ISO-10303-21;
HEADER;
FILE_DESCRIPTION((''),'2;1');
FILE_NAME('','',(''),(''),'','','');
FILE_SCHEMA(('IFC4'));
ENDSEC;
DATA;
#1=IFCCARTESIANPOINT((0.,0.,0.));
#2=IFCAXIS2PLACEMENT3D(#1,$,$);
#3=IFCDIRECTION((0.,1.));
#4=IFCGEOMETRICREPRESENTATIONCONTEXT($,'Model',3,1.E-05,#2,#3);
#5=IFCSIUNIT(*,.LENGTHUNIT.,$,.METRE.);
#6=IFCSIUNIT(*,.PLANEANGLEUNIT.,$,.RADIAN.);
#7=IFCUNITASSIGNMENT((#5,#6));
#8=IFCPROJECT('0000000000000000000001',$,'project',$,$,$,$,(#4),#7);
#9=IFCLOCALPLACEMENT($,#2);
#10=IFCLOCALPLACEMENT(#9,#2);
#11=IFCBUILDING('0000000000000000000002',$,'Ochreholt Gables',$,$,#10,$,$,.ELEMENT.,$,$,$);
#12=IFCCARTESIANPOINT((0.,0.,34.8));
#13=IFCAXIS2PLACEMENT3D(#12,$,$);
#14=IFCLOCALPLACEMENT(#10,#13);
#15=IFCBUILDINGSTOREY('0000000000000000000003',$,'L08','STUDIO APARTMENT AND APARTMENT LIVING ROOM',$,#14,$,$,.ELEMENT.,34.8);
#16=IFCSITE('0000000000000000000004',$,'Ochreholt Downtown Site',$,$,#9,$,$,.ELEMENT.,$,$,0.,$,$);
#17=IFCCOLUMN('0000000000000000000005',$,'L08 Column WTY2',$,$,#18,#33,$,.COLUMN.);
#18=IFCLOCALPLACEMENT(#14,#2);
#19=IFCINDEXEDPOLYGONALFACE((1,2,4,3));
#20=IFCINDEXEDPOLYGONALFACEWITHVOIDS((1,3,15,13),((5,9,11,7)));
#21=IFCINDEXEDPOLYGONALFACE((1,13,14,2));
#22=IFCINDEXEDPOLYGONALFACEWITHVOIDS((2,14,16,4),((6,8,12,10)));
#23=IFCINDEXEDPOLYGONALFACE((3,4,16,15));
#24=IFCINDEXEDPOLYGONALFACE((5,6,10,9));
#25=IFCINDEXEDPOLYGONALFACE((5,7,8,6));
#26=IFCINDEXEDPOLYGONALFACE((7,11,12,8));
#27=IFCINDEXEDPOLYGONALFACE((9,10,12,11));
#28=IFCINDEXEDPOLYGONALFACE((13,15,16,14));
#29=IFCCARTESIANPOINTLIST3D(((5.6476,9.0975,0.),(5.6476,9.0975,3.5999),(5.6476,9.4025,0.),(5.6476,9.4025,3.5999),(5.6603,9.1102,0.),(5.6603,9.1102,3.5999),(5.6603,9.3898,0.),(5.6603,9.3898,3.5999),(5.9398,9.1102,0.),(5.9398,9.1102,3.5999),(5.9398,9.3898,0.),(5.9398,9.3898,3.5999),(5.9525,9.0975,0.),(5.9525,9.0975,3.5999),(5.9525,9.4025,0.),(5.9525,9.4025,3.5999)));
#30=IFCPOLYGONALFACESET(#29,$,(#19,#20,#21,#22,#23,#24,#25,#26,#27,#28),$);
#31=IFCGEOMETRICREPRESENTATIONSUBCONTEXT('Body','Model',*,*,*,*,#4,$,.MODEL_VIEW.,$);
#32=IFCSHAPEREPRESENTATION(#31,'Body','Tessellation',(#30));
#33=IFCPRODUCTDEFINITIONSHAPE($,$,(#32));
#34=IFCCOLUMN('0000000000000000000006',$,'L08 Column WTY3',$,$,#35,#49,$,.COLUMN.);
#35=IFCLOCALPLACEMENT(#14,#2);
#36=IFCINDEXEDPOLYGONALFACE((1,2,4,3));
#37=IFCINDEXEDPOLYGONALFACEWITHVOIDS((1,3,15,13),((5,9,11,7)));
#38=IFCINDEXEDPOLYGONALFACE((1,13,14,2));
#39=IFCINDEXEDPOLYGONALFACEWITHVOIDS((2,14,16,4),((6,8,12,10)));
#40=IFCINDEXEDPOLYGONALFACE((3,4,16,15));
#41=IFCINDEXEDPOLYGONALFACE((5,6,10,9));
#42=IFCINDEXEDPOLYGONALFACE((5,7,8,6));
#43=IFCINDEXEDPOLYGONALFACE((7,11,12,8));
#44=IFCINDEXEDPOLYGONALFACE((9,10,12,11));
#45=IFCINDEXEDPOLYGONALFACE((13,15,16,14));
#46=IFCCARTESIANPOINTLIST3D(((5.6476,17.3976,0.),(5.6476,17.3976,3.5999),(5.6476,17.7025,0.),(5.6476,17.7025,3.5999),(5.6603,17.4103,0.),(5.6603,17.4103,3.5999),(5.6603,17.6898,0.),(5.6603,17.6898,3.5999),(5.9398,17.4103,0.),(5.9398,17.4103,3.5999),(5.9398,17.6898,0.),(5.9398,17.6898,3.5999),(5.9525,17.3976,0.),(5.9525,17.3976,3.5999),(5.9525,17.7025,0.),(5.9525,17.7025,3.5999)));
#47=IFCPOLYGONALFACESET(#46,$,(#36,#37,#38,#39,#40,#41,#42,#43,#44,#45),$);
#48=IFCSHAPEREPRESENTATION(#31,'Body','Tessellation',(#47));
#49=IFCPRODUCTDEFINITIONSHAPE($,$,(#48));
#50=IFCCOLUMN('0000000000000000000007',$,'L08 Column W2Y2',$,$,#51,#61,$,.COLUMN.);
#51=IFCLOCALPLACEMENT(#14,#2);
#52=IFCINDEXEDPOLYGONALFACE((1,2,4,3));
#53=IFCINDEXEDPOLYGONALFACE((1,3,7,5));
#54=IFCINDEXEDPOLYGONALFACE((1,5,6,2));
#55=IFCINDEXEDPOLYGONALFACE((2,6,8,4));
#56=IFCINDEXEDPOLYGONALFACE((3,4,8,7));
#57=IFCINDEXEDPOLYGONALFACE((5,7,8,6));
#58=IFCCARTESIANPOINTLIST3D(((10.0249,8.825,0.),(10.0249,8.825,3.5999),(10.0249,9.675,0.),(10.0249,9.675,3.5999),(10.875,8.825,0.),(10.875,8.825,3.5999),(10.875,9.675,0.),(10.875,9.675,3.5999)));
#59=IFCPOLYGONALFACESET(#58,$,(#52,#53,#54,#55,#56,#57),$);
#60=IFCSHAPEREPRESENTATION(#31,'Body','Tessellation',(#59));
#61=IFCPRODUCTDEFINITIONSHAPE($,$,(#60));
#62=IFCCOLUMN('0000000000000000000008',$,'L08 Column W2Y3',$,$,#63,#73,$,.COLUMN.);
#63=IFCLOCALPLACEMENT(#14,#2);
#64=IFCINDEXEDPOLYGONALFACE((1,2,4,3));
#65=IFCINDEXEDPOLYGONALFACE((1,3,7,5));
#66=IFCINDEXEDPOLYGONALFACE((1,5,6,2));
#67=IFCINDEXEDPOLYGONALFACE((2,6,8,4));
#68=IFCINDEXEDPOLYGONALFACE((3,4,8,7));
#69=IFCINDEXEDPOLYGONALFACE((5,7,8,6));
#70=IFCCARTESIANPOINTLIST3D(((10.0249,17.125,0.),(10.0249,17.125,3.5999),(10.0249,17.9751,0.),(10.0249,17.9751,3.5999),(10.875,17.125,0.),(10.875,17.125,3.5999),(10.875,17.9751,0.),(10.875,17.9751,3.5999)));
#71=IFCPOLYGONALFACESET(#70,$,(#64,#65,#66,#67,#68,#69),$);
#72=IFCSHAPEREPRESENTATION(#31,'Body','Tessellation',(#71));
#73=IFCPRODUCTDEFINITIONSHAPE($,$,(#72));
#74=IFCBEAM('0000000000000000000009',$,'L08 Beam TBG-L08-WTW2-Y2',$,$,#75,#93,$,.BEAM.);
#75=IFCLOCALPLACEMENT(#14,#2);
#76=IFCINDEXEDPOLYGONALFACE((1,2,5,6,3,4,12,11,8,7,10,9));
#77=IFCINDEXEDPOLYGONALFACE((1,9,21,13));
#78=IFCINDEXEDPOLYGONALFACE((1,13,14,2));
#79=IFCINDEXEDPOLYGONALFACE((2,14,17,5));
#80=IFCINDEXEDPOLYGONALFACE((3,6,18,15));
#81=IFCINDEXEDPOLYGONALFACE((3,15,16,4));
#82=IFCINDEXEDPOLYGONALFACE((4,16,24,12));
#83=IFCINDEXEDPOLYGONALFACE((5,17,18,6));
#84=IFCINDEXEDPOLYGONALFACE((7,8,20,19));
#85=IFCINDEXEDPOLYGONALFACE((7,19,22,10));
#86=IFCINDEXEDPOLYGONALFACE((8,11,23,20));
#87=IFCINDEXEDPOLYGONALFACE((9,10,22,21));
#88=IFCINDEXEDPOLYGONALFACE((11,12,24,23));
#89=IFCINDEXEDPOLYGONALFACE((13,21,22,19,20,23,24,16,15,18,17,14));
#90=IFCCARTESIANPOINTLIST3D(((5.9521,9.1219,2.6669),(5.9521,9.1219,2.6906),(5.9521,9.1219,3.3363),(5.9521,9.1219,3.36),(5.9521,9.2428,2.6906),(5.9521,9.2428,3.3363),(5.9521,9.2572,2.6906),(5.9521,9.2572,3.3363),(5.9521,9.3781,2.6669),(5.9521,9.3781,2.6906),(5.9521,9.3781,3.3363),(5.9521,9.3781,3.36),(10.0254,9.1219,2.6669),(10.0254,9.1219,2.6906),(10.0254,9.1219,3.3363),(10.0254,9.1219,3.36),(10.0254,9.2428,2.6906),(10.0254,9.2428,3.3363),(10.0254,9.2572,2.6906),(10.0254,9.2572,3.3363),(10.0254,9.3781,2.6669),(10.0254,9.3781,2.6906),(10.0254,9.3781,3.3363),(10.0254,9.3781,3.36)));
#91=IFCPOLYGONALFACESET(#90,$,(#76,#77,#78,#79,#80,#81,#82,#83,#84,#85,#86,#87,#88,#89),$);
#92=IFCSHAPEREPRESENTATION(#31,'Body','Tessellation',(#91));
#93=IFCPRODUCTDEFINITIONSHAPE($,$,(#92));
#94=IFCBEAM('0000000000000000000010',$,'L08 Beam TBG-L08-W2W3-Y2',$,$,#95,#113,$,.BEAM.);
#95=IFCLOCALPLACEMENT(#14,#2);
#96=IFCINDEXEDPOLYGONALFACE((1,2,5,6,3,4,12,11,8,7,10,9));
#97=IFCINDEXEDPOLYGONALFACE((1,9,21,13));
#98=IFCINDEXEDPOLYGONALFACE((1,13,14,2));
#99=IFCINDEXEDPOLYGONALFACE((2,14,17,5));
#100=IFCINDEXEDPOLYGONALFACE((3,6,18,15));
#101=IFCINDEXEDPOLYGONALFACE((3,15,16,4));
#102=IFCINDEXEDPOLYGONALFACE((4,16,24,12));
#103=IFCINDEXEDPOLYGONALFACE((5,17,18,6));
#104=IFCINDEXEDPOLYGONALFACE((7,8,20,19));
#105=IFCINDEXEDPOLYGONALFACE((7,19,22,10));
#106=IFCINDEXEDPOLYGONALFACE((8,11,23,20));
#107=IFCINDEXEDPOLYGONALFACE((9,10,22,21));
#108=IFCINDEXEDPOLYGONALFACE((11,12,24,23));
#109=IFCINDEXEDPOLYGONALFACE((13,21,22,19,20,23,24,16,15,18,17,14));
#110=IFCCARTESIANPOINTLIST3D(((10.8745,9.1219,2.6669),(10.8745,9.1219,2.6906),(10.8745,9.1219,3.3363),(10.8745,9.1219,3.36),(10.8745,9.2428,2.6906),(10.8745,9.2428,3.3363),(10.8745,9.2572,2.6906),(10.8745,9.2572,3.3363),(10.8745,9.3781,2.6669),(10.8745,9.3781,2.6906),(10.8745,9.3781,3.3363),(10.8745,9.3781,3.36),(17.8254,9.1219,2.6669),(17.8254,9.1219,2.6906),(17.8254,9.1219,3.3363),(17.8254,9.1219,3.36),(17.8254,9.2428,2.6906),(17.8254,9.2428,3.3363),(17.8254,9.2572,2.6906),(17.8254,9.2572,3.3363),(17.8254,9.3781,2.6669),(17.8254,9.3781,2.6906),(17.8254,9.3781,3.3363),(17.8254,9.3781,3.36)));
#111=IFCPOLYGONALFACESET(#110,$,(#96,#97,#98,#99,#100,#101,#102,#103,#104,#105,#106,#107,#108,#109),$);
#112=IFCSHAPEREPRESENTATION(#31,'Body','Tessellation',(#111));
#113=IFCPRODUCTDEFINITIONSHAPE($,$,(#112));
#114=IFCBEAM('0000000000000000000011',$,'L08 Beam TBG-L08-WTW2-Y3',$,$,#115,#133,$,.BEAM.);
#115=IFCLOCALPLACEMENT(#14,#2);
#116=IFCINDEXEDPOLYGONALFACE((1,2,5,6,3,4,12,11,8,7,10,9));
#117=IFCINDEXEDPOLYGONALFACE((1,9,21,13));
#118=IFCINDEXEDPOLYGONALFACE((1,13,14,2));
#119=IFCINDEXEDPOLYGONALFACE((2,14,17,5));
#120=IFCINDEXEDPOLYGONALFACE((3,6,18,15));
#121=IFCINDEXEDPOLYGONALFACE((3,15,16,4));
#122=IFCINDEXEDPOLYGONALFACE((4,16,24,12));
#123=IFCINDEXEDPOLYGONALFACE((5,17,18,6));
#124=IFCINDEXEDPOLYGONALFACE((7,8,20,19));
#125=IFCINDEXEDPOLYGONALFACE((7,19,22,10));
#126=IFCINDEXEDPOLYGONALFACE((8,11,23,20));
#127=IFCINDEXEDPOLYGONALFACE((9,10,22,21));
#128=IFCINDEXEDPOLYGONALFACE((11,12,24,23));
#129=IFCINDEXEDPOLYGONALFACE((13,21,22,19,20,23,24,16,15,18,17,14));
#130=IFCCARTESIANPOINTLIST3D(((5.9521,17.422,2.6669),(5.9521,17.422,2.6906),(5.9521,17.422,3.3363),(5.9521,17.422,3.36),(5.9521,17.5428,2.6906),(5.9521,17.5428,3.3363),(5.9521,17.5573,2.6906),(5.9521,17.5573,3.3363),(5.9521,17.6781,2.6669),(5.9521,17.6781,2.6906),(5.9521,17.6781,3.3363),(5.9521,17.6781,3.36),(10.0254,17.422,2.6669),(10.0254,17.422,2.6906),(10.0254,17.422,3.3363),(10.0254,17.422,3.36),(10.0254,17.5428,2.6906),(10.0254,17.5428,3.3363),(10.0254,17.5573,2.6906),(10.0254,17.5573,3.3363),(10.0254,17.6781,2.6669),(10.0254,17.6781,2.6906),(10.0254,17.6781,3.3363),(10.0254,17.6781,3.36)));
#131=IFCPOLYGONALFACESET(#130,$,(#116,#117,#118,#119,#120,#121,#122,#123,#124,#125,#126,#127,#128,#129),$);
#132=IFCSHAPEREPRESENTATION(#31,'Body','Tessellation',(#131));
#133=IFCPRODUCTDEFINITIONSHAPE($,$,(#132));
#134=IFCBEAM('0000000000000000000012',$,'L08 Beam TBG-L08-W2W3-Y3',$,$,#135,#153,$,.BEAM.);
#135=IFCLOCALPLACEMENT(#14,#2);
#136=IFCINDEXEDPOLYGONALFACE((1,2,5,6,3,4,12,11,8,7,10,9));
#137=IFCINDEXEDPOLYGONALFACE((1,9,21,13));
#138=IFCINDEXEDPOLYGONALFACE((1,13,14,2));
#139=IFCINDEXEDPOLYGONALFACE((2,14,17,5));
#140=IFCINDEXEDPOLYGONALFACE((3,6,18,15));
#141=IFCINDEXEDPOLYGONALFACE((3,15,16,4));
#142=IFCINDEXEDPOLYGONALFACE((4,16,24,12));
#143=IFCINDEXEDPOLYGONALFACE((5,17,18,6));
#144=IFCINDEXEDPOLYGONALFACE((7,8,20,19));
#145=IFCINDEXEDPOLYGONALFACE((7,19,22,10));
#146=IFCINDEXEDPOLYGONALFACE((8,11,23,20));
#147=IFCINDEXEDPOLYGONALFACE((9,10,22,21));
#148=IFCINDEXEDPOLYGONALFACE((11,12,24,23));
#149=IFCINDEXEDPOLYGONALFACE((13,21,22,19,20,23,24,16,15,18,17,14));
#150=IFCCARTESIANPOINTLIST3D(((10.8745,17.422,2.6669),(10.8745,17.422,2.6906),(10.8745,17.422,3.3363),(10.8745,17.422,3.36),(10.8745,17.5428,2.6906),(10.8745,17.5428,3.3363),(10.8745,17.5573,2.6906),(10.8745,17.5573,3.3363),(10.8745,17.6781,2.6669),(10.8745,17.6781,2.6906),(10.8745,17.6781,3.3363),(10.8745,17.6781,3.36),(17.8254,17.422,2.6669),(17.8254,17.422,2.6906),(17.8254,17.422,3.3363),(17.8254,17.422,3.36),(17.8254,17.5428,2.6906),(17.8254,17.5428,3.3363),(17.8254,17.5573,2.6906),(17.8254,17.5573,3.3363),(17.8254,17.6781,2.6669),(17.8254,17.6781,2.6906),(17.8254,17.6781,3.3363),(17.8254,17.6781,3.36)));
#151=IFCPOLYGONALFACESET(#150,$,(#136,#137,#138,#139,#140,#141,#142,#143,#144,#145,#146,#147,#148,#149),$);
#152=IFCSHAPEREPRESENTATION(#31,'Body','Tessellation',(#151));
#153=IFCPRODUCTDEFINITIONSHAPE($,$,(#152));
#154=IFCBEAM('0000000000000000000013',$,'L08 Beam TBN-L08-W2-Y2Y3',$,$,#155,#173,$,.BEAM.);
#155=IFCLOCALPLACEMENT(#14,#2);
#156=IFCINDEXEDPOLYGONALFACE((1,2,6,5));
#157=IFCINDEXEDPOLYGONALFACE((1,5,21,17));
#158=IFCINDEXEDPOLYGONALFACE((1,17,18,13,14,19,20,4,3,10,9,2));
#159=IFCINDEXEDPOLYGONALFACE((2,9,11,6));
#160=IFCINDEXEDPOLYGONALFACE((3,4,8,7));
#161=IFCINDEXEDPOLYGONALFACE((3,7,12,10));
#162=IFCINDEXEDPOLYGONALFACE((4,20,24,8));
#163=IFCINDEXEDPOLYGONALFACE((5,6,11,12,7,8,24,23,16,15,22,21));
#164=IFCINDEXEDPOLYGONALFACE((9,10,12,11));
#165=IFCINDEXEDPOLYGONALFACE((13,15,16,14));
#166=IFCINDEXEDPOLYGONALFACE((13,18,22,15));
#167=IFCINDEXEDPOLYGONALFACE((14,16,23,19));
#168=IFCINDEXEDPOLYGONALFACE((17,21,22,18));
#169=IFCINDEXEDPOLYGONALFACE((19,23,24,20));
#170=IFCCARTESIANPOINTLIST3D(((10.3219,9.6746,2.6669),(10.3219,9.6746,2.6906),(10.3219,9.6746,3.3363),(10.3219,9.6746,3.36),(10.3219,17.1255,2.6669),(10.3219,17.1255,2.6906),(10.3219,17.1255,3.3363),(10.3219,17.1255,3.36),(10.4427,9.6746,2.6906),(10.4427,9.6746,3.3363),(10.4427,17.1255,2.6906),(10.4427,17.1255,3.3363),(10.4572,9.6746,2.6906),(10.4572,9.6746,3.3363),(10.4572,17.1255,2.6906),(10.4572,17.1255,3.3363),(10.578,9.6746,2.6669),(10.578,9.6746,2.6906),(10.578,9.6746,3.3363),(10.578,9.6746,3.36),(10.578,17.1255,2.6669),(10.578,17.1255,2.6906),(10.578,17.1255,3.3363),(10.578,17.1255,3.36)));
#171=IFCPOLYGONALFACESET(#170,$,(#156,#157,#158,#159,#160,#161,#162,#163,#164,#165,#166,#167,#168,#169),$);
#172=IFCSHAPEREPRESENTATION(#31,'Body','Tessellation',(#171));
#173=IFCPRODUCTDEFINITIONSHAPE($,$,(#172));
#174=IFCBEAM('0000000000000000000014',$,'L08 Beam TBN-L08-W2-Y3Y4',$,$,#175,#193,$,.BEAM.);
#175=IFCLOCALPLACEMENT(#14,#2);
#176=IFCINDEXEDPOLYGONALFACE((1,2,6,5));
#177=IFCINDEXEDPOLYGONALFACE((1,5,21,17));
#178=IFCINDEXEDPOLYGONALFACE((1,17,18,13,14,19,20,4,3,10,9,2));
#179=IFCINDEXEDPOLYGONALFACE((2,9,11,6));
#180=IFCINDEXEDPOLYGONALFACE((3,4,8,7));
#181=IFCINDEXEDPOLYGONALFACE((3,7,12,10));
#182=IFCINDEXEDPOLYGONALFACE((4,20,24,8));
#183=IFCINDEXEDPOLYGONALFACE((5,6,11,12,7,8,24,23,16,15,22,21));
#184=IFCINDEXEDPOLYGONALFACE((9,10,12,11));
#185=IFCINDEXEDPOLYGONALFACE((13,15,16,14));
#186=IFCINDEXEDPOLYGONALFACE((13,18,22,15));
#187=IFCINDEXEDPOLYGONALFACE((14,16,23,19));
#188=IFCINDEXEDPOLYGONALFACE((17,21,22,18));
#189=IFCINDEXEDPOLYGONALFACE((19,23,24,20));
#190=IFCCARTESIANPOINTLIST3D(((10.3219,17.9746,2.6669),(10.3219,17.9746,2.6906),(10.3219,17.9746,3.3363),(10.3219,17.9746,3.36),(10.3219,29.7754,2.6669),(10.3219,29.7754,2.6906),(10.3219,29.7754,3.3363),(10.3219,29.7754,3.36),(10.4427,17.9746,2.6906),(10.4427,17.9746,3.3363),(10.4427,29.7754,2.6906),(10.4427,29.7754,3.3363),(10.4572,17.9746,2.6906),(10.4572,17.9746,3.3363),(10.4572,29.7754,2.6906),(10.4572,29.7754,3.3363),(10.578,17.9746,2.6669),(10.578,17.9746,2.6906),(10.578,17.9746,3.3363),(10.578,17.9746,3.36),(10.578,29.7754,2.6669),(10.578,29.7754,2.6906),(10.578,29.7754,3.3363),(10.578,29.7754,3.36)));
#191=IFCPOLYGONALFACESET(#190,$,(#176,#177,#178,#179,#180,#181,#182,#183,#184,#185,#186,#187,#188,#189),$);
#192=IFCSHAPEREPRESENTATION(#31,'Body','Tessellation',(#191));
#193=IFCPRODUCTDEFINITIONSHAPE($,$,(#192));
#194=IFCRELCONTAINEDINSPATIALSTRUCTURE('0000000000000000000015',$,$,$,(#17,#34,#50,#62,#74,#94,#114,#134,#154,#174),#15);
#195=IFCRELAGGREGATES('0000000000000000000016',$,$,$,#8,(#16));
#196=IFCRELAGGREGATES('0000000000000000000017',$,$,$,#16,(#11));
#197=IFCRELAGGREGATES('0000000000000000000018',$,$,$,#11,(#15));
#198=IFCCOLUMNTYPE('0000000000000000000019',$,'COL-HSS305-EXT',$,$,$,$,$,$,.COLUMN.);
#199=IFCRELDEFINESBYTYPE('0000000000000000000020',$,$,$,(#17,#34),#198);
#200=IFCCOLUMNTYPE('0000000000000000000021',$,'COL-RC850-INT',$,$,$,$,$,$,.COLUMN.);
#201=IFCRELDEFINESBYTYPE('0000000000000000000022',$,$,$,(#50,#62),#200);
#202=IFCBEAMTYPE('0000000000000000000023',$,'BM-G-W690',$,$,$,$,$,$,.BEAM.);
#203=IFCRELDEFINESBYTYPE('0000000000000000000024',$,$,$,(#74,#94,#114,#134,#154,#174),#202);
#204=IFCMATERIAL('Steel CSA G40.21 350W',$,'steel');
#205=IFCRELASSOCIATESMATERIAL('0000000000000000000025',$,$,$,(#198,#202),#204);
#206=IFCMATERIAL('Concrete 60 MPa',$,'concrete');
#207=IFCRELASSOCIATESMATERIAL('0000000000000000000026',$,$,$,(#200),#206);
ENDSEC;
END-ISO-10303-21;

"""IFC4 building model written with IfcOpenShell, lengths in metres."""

from ifc_helpers import new_model, si_unit, direction, frame, origin, origin_2d, place, context, subcontext, project, spatial, rectangle, hollow_rectangle, i_section, extrude, material, material_profile, profile_set, type_object, element, save


model = new_model("IFC4")

# Units and contexts
model_context = context("Model", 3, precision=1e-05, world=origin(), true_north=direction((0.0, 1.0)))
body_context = subcontext(model_context, "Body", "Model", "MODEL_VIEW")
ifc_project = project(units=[si_unit("LENGTHUNIT", "METRE"), si_unit("PLANEANGLEUNIT", "RADIAN")], contexts=[model_context])

# Site, building, storey
site_placement = place(None, origin())
site = spatial("IfcSite", under=ifc_project, at=site_placement, Name="Ochreholt Downtown Site", CompositionType="ELEMENT", RefElevation=0.0)
building_placement = place(site_placement, origin())
building = spatial("IfcBuilding", under=site, at=building_placement, Name="Ochreholt Gables", CompositionType="ELEMENT")
storey_placement = place(building_placement, frame((0.0, 0.0, 34.8)))
storey = spatial("IfcBuildingStorey", under=building, at=storey_placement, Name="L08", Description="STUDIO APARTMENT AND APARTMENT LIVING ROOM", CompositionType="ELEMENT", Elevation=34.8)

# Columns
ifc_material_1 = material(Name="Steel CSA G40.21 350W", Category="steel")
ifc_material_profile_1 = material_profile(ifc_material_1, hollow_rectangle(XDim=0.3049, YDim=0.3049, WallThickness=0.0127, at=origin_2d()), Name="HSS305X305X13")
ifc_profile_set_1 = profile_set([ifc_material_profile_1], Name="Steel CSA G40.21 350W")
column_type_1 = type_object("IfcColumnType", Name="COL-HSS305-EXT", PredefinedType="COLUMN", material=ifc_profile_set_1)
for number, where, z_axis, x_axis, name in (
    (1, (5.8, 9.25, 0.0), (0.0, 0.0, 1.0), (1.0, 0.0, 0.0), "L08 Column WTY2"),
    (2, (5.8, 17.55, 0.0), (0.0, 0.0, 1.0), (1.0, 0.0, 0.0), "L08 Column WTY3"),
):
    element("IfcColumn", number, at=place(storey_placement, frame(where, z_axis=z_axis, x_axis=x_axis)), inside=storey, type_object=column_type_1, Name=name, PredefinedType="COLUMN", context=body_context, shape_type="SweptSolid", body=[
        extrude(hollow_rectangle(XDim=0.3049, YDim=0.3049, WallThickness=0.0127, at=origin_2d()), origin(), (0.0, 0.0, 1.0), 3.5999),
    ])
ifc_material_2 = material(Name="Concrete 60 MPa", Category="concrete")
ifc_material_profile_2 = material_profile(ifc_material_2, rectangle(XDim=0.8501, YDim=0.8501, at=origin_2d()), Name="RC850X850")
ifc_profile_set_2 = profile_set([ifc_material_profile_2], Name="Concrete 60 MPa")
column_type_2 = type_object("IfcColumnType", Name="COL-RC850-INT", PredefinedType="COLUMN", material=ifc_profile_set_2)
for number, where, z_axis, x_axis, name in (
    (3, (10.45, 9.25, 0.0), (0.0, 0.0, 1.0), (1.0, 0.0, 0.0), "L08 Column W2Y2"),
    (4, (10.45, 17.55, 0.0), (0.0, 0.0, 1.0), (1.0, 0.0, 0.0), "L08 Column W2Y3"),
):
    element("IfcColumn", number, at=place(storey_placement, frame(where, z_axis=z_axis, x_axis=x_axis)), inside=storey, type_object=column_type_2, Name=name, PredefinedType="COLUMN", context=body_context, shape_type="SweptSolid", body=[
        extrude(rectangle(XDim=0.8501, YDim=0.8501, at=origin_2d()), origin(), (0.0, 0.0, 1.0), 3.5999),
    ])

# Beams
ifc_material_profile_3 = material_profile(ifc_material_1, i_section(OverallWidth=0.2561, OverallDepth=0.6931, WebThickness=0.0144, FlangeThickness=0.0237, at=origin_2d()), Name="W690X170")
ifc_profile_set_3 = profile_set([ifc_material_profile_3], Name="Steel CSA G40.21 350W")
beam_type_1 = type_object("IfcBeamType", Name="BM-G-W690", PredefinedType="BEAM", material=ifc_profile_set_3)
beam_1_placement = place(storey_placement, frame((5.9521, 9.25, 3.0134), z_axis=(1.0, 0.0, 0.0), x_axis=(0.0, 1.0, 0.0)))
element("IfcBeam", 5, at=beam_1_placement, inside=storey, type_object=beam_type_1, Name="L08 Beam TBG-L08-WTW2-Y2", PredefinedType="BEAM", context=body_context, shape_type="SweptSolid", body=[
    extrude(i_section(OverallWidth=0.2561, OverallDepth=0.6931, WebThickness=0.0144, FlangeThickness=0.0237, at=origin_2d()), origin(), (0.0, 0.0, 1.0), 4.0732),
])
beam_2_placement = place(storey_placement, frame((10.8745, 9.25, 3.0134), z_axis=(1.0, 0.0, 0.0), x_axis=(0.0, 1.0, 0.0)))
element("IfcBeam", 6, at=beam_2_placement, inside=storey, type_object=beam_type_1, Name="L08 Beam TBG-L08-W2W3-Y2", PredefinedType="BEAM", context=body_context, shape_type="SweptSolid", body=[
    extrude(i_section(OverallWidth=0.2561, OverallDepth=0.6931, WebThickness=0.0144, FlangeThickness=0.0237, at=origin_2d()), origin(), (0.0, 0.0, 1.0), 6.9509),
])
beam_3_placement = place(storey_placement, frame((5.9521, 17.55, 3.0134), z_axis=(1.0, 0.0, 0.0), x_axis=(0.0, 1.0, 0.0)))
element("IfcBeam", 7, at=beam_3_placement, inside=storey, type_object=beam_type_1, Name="L08 Beam TBG-L08-WTW2-Y3", PredefinedType="BEAM", context=body_context, shape_type="SweptSolid", body=[
    extrude(i_section(OverallWidth=0.2561, OverallDepth=0.6931, WebThickness=0.0144, FlangeThickness=0.0237, at=origin_2d()), origin(), (0.0, 0.0, 1.0), 4.0732),
])
beam_4_placement = place(storey_placement, frame((10.8745, 17.55, 3.0134), z_axis=(1.0, 0.0, 0.0), x_axis=(0.0, 1.0, 0.0)))
element("IfcBeam", 8, at=beam_4_placement, inside=storey, type_object=beam_type_1, Name="L08 Beam TBG-L08-W2W3-Y3", PredefinedType="BEAM", context=body_context, shape_type="SweptSolid", body=[
    extrude(i_section(OverallWidth=0.2561, OverallDepth=0.6931, WebThickness=0.0144, FlangeThickness=0.0237, at=origin_2d()), origin(), (0.0, 0.0, 1.0), 6.9509),
])
beam_5_placement = place(storey_placement, frame((10.45, 9.6746, 3.0134), z_axis=(0.0, 1.0, 0.0), x_axis=(-1.0, 0.0, 0.0)))
element("IfcBeam", 9, at=beam_5_placement, inside=storey, type_object=beam_type_1, Name="L08 Beam TBN-L08-W2-Y2Y3", PredefinedType="BEAM", context=body_context, shape_type="SweptSolid", body=[
    extrude(i_section(OverallWidth=0.2561, OverallDepth=0.6931, WebThickness=0.0144, FlangeThickness=0.0237, at=origin_2d()), origin(), (0.0, 0.0, 1.0), 7.4509),
])
beam_6_placement = place(storey_placement, frame((10.45, 17.9746, 3.0134), z_axis=(0.0, 1.0, 0.0), x_axis=(-1.0, 0.0, 0.0)))
element("IfcBeam", 10, at=beam_6_placement, inside=storey, type_object=beam_type_1, Name="L08 Beam TBN-L08-W2-Y3Y4", PredefinedType="BEAM", context=body_context, shape_type="SweptSolid", body=[
    extrude(i_section(OverallWidth=0.2561, OverallDepth=0.6931, WebThickness=0.0144, FlangeThickness=0.0237, at=origin_2d()), origin(), (0.0, 0.0, 1.0), 11.8008),
])

save(model, "model.ifc")
